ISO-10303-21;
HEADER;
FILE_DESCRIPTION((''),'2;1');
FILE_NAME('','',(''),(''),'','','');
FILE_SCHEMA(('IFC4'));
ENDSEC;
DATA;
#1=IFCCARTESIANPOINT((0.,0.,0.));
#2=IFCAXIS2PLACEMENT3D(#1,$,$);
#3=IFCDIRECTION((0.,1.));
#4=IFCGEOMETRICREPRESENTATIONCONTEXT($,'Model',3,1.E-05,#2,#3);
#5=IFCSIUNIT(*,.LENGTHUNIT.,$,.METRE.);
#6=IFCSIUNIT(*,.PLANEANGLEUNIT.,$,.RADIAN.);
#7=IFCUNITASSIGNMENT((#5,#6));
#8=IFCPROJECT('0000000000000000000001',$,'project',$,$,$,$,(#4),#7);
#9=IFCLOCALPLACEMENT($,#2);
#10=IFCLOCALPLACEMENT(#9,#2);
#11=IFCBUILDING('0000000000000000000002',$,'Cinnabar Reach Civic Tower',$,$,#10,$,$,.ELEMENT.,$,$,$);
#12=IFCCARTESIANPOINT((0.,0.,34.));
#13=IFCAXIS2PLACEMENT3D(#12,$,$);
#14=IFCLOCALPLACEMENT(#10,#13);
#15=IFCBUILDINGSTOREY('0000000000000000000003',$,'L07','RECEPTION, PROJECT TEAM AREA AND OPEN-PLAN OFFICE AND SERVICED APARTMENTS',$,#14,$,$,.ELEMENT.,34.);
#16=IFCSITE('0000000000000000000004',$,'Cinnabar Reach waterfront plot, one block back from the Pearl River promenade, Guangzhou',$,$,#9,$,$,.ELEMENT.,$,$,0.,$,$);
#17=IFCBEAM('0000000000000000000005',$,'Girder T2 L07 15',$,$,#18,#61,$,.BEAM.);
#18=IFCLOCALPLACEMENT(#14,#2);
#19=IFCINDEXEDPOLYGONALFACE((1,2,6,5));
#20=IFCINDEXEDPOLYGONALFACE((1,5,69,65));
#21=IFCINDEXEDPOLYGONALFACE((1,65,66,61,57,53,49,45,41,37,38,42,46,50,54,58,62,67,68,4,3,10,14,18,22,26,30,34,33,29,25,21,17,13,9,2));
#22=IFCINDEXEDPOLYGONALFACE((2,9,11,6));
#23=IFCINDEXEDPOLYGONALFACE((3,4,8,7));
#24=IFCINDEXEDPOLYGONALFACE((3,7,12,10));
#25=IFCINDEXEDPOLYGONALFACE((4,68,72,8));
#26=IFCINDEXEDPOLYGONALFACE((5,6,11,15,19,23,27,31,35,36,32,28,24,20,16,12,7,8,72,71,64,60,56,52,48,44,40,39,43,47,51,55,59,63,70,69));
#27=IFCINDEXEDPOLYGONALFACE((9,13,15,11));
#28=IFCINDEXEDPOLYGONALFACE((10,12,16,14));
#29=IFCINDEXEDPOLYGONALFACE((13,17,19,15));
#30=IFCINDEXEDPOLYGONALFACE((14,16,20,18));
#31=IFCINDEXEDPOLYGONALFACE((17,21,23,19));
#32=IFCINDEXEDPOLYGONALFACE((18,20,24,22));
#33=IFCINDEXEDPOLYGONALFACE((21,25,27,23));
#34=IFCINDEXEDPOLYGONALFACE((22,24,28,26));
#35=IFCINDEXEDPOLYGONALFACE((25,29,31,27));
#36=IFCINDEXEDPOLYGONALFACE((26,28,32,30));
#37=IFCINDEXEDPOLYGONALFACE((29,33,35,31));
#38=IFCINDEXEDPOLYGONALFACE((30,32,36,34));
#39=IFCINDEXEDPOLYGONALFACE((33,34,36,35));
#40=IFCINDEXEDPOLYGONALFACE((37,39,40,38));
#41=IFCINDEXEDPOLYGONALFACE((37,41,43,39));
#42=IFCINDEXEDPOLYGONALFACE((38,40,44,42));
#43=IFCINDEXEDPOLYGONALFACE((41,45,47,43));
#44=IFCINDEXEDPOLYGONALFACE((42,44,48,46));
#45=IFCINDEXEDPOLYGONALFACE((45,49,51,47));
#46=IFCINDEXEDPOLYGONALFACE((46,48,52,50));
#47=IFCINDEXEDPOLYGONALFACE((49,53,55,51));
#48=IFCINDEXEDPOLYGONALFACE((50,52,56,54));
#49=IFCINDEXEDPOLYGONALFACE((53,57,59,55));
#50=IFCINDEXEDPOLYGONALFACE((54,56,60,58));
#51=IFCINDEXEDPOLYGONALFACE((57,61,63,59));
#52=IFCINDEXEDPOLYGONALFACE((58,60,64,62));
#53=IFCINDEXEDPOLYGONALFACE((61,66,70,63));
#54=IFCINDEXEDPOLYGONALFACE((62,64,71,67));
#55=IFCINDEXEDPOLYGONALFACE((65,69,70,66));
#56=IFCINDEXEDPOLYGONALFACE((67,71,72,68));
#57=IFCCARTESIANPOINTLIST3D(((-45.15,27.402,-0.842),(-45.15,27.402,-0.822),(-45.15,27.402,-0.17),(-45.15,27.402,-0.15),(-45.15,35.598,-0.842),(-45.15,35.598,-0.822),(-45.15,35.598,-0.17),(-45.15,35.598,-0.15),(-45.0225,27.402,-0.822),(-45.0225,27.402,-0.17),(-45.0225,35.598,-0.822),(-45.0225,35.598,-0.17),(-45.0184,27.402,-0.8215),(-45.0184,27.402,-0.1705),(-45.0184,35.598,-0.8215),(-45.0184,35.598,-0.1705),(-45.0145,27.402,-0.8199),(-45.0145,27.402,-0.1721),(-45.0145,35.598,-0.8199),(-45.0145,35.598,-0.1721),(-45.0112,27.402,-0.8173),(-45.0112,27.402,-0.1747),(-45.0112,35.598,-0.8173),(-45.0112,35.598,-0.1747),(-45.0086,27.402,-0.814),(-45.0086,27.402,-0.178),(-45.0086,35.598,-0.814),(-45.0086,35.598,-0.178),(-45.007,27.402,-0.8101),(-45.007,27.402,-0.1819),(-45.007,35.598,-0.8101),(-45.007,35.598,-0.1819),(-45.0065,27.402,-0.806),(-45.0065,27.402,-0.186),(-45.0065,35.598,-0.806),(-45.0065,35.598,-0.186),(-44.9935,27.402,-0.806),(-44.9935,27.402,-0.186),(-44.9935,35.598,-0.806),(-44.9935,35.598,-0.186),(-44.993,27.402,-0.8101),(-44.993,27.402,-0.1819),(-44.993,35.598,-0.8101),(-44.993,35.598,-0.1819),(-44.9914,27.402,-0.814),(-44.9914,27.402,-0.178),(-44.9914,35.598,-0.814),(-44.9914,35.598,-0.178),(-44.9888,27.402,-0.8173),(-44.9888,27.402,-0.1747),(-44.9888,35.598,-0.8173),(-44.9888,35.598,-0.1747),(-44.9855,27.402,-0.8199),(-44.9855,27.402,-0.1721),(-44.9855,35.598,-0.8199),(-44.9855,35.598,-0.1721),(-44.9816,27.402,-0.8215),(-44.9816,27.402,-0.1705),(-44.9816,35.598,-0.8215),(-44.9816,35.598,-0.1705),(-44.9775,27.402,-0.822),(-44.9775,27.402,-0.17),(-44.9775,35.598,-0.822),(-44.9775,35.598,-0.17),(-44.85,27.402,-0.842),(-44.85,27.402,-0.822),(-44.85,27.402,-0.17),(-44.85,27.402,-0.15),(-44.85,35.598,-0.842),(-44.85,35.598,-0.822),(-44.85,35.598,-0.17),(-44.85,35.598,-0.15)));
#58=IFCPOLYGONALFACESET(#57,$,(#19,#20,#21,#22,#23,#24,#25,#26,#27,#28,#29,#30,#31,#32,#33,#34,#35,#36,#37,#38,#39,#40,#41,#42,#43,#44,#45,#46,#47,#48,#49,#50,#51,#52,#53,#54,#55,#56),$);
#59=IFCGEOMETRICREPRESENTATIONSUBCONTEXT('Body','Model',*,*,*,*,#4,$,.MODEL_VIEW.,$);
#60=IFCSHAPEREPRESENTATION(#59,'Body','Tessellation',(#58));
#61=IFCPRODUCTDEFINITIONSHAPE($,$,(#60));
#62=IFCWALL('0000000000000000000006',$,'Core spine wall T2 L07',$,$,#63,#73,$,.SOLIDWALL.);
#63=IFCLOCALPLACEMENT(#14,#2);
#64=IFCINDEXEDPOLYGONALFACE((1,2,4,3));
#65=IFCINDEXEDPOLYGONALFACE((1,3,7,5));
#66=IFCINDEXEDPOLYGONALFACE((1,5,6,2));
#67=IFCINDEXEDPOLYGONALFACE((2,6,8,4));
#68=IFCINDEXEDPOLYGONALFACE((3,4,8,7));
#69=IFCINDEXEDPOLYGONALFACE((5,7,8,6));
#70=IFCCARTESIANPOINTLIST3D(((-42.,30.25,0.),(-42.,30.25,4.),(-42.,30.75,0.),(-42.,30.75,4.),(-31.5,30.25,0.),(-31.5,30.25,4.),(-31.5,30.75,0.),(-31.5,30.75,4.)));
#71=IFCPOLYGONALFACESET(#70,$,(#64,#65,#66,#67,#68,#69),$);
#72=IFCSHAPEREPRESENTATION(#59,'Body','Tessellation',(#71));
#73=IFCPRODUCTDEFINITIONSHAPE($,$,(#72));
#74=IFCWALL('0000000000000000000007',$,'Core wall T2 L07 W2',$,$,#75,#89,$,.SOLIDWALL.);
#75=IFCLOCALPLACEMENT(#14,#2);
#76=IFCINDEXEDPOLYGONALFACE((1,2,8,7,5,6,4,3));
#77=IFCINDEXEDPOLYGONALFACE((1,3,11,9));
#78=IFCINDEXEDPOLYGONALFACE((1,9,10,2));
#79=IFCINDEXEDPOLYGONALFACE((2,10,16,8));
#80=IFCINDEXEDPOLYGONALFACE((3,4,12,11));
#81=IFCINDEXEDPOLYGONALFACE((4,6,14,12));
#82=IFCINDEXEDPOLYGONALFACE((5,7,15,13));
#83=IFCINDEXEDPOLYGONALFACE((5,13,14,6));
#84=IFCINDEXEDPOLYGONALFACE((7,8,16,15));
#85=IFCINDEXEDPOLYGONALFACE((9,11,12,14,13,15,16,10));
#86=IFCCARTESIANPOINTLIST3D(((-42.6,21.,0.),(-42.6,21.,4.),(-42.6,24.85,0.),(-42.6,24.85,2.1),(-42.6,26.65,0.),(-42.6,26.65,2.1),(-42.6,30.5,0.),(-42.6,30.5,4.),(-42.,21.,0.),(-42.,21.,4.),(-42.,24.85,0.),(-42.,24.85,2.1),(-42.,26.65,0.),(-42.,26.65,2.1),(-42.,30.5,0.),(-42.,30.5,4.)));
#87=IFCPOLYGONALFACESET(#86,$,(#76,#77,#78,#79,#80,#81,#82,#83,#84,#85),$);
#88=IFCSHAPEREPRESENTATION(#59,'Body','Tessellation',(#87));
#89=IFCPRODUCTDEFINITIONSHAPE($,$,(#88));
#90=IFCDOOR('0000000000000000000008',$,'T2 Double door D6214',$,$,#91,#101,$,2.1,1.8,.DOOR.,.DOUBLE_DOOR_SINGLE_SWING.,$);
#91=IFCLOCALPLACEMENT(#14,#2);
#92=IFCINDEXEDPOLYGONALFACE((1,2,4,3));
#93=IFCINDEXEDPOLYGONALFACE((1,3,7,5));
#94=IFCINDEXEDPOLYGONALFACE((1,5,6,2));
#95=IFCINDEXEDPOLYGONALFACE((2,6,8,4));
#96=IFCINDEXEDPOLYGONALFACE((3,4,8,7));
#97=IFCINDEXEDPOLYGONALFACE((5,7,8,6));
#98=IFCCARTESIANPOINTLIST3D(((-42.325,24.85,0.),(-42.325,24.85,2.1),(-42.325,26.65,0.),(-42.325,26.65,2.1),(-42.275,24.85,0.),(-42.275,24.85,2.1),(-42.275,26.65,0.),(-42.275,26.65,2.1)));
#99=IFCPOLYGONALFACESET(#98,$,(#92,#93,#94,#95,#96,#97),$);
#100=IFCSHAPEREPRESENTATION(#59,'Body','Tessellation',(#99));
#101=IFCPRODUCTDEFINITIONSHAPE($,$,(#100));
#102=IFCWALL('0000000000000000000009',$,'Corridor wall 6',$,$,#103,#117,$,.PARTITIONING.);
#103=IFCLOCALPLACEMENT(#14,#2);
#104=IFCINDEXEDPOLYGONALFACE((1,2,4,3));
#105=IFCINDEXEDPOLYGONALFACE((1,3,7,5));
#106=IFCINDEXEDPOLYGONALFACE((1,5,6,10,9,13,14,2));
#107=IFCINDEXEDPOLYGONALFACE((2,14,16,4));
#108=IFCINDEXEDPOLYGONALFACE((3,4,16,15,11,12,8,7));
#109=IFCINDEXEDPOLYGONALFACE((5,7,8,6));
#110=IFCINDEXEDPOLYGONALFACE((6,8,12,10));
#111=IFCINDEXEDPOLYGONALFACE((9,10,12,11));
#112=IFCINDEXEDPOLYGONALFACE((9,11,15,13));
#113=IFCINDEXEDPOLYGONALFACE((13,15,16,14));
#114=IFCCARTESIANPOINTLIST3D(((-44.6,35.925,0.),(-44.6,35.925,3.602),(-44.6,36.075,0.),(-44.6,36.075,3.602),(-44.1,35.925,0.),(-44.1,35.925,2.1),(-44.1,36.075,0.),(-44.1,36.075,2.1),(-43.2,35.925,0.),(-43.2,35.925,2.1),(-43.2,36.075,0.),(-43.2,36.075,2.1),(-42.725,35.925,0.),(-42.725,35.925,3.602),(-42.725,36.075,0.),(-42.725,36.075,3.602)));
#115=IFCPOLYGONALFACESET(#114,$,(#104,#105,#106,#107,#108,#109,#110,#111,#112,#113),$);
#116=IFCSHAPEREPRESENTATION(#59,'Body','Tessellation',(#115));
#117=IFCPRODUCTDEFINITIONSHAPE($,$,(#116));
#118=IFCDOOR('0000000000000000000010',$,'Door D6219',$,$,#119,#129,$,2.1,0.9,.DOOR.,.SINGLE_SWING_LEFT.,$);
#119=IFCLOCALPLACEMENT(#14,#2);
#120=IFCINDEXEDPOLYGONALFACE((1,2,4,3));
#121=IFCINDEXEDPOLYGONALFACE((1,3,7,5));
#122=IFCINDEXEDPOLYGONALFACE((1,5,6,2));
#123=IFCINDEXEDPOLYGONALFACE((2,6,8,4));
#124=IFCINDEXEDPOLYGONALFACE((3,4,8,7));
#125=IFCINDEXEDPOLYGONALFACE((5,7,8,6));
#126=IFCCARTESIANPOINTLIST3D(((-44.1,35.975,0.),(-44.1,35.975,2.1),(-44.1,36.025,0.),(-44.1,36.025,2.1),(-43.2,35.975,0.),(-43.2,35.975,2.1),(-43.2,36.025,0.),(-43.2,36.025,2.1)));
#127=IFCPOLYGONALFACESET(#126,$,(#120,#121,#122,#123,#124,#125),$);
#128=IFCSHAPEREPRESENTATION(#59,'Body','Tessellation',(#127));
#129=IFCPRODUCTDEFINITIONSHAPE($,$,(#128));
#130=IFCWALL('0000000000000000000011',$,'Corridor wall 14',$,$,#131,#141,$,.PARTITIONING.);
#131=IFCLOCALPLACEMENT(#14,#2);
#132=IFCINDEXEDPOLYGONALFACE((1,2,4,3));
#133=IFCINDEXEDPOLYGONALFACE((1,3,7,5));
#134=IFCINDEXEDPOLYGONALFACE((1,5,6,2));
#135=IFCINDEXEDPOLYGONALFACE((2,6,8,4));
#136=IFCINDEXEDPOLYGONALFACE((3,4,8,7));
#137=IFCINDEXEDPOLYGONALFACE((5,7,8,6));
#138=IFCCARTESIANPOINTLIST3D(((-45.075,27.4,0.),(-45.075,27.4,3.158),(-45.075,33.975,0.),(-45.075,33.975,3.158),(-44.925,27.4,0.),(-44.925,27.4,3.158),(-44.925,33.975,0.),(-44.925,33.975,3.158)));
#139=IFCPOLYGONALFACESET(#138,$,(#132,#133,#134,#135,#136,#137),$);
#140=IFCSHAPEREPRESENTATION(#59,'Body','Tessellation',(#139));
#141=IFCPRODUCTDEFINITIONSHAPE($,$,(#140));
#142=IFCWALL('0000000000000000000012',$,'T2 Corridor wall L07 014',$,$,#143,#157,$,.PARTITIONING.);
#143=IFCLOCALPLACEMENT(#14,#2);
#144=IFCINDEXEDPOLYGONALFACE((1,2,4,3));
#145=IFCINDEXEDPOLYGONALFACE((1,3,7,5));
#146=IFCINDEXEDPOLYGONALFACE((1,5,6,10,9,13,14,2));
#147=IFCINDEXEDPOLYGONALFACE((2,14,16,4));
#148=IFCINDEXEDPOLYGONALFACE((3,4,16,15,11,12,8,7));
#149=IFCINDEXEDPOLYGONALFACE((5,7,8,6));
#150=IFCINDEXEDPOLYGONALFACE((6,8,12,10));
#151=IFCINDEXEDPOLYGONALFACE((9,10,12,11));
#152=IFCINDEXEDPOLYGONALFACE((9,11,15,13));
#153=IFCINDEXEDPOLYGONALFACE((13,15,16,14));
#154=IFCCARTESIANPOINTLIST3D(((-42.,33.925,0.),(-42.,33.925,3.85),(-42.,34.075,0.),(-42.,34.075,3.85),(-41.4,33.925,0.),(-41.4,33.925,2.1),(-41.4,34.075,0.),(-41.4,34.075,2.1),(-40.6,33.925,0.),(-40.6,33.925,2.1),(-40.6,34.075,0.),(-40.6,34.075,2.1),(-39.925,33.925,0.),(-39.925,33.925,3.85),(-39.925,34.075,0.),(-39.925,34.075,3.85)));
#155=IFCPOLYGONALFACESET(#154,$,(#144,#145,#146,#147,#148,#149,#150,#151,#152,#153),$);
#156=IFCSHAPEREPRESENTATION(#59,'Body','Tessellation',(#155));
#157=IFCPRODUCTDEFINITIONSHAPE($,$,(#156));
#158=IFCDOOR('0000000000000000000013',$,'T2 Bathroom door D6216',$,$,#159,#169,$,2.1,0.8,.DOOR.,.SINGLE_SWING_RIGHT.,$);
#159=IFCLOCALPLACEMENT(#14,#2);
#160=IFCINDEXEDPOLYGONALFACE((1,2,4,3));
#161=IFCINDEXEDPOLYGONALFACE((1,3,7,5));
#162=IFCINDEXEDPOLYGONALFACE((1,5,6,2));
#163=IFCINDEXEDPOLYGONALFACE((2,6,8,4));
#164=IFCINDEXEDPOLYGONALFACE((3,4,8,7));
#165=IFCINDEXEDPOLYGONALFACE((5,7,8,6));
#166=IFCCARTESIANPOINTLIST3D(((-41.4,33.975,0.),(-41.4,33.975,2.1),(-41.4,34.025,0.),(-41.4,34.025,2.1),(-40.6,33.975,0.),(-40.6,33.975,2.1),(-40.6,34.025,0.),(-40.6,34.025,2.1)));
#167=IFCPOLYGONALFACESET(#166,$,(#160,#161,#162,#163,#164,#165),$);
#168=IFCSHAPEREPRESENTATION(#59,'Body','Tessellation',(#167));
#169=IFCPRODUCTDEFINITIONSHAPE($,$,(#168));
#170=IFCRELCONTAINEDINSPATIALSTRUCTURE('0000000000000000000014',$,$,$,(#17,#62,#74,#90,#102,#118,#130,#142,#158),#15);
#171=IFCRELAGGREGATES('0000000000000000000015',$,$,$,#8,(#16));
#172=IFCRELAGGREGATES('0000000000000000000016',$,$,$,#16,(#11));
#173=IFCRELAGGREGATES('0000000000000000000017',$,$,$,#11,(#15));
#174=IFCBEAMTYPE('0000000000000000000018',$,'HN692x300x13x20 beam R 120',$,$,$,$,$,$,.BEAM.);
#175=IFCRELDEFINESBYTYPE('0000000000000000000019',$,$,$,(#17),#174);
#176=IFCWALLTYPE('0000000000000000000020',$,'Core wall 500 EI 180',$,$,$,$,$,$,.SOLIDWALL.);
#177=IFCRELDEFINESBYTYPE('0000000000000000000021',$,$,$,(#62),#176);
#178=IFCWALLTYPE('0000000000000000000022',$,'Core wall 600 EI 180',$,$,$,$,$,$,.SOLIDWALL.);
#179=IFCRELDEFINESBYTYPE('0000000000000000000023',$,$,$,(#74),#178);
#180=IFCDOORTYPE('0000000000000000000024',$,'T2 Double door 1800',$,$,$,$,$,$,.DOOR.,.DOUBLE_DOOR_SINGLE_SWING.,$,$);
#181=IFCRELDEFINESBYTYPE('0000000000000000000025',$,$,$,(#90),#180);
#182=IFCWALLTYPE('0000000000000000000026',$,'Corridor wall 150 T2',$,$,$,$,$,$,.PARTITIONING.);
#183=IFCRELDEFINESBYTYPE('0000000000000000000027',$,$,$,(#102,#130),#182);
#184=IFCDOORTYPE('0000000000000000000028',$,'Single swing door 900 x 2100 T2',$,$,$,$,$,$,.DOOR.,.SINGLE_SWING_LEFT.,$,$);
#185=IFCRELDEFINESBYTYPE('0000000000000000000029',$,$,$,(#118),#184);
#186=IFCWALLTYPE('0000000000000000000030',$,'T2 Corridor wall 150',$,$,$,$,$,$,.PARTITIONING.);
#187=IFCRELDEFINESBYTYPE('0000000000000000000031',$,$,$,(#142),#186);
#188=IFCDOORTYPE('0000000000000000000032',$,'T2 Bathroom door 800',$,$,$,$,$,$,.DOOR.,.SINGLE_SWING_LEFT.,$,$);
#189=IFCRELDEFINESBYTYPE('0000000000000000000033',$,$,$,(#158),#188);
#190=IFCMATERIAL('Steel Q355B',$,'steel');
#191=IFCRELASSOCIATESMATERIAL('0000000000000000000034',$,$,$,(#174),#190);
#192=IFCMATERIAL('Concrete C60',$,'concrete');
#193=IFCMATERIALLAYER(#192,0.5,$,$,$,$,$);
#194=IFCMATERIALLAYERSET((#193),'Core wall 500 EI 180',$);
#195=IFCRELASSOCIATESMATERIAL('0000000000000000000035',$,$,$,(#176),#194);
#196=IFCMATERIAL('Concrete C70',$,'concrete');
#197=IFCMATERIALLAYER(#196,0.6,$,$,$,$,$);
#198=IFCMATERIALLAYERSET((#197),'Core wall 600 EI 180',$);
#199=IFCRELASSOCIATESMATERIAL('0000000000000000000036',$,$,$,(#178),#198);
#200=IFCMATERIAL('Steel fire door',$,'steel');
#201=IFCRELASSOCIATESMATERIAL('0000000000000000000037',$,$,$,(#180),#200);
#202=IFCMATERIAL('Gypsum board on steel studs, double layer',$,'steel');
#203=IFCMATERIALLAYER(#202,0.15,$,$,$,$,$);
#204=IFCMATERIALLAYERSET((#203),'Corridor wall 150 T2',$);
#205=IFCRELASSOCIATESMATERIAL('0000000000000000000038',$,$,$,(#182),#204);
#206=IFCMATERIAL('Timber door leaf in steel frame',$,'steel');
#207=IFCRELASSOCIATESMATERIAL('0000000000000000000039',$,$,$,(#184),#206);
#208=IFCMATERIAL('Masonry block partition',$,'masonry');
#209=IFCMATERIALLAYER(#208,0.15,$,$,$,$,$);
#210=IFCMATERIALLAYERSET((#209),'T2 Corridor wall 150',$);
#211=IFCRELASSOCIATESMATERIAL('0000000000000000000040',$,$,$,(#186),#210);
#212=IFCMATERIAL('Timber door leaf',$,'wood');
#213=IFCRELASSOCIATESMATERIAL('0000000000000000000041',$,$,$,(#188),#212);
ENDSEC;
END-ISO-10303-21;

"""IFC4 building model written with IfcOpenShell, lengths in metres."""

from ifc_helpers import new_model, si_unit, direction, frame, frame_2d, origin, origin_2d, place, context, subcontext, project, spatial, rectangle, i_section, extrude, material, layer, layer_set, material_profile, profile_set, type_object, element, fill, save


model = new_model("IFC4")

# Units and contexts
model_context = context("Model", 3, precision=1e-05, world=origin(), true_north=direction((0.0, 1.0)))
body_context = subcontext(model_context, "Body", "Model", "MODEL_VIEW")
ifc_project = project(units=[si_unit("LENGTHUNIT", "METRE"), si_unit("PLANEANGLEUNIT", "RADIAN")], contexts=[model_context])

# Site, building, storey
site_placement = place(None, origin())
site = spatial("IfcSite", under=ifc_project, at=site_placement, Name="Cinnabar Reach waterfront plot, one block back from the Pearl River promenade, Guangzhou", CompositionType="ELEMENT", RefElevation=0.0)
building_placement = place(site_placement, origin())
building = spatial("IfcBuilding", under=site, at=building_placement, Name="Cinnabar Reach Civic Tower", CompositionType="ELEMENT")
storey_placement = place(building_placement, frame((0.0, 0.0, 34.0)))
storey = spatial("IfcBuildingStorey", under=building, at=storey_placement, Name="L07", Description="RECEPTION, PROJECT TEAM AREA AND OPEN-PLAN OFFICE AND SERVICED APARTMENTS", CompositionType="ELEMENT", Elevation=34.0)

# Shared definitions
ifc_material_1 = material(Name="Concrete C60", Category="concrete")

# Beam
ifc_material_2 = material(Name="Steel Q355B", Category="steel")
ifc_material_profile_1 = material_profile(ifc_material_2, i_section(OverallWidth=0.3, OverallDepth=0.692, WebThickness=0.013, FlangeThickness=0.02, FilletRadius=0.016, at=origin_2d()), Name="HN692x300x13x20")
ifc_profile_set_1 = profile_set([ifc_material_profile_1], Name="Steel Q355B")
beam_type_1 = type_object("IfcBeamType", Name="HN692x300x13x20 beam R 120", PredefinedType="BEAM", material=ifc_profile_set_1)
beam_1_placement = place(storey_placement, frame((-45.0, 27.402, -0.496), z_axis=(0.0, 1.0, 0.0), x_axis=(-1.0, 0.0, 0.0)))
element("IfcBeam", 1, at=beam_1_placement, inside=storey, type_object=beam_type_1, Name="Girder T2 L07 15", PredefinedType="BEAM", context=body_context, shape_type="SweptSolid", body=[
    extrude(i_section(OverallWidth=0.3, OverallDepth=0.692, WebThickness=0.013, FlangeThickness=0.02, FilletRadius=0.016, at=origin_2d()), origin(), (0.0, 0.0, 1.0), 8.196),
])

# Wall
ifc_layer_1 = layer(ifc_material_1, 0.5)
ifc_layer_set_1 = layer_set([ifc_layer_1], Name="Core wall 500 EI 180")
wall_type_1 = type_object("IfcWallType", Name="Core wall 500 EI 180", PredefinedType="SOLIDWALL", material=ifc_layer_set_1)
wall_1_placement = place(storey_placement, frame((-42.0, 30.5, 0.0), z_axis=(0.0, 0.0, 1.0), x_axis=(1.0, 0.0, 0.0)))
element("IfcWall", 2, at=wall_1_placement, inside=storey, type_object=wall_type_1, Name="Core spine wall T2 L07", PredefinedType="SOLIDWALL", context=body_context, shape_type="SweptSolid", body=[
    extrude(rectangle(XDim=10.5, YDim=0.5, at=frame_2d((5.25, 0.0))), origin(), (0.0, 0.0, 1.0), 4.0),
])

# Walls, openings, doors
ifc_material_3 = material(Name="Concrete C70", Category="concrete")
ifc_layer_2 = layer(ifc_material_3, 0.6)
ifc_layer_set_2 = layer_set([ifc_layer_2], Name="Core wall 600 EI 180")
wall_type_2 = type_object("IfcWallType", Name="Core wall 600 EI 180", PredefinedType="SOLIDWALL", material=ifc_layer_set_2)
wall_2_placement = place(storey_placement, frame((-42.3, 30.5, 0.0), z_axis=(0.0, 0.0, 1.0), x_axis=(0.0, -1.0, 0.0)))
wall_2 = element("IfcWall", 3, at=wall_2_placement, inside=storey, type_object=wall_type_2, Name="Core wall T2 L07 W2", PredefinedType="SOLIDWALL", context=body_context, shape_type="SweptSolid", body=[
    extrude(rectangle(XDim=9.5, YDim=0.6, at=frame_2d((4.75, 0.0))), origin(), (0.0, 0.0, 1.0), 4.0),
])
opening_1_placement = place(wall_2_placement, frame((3.85, 0.0, 0.0)))
opening_1 = element("IfcOpeningElement", 4, at=opening_1_placement, cuts=wall_2, PredefinedType="OPENING", context=body_context, shape_type="SweptSolid", body=[
    extrude(rectangle(XDim=1.8, YDim=2.1, at=frame_2d((0.9, 1.05))), frame((0.0, 0.31, 0.0), z_axis=(0.0, -1.0, 0.0), x_axis=(1.0, 0.0, 0.0)), (0.0, 0.0, 1.0), 0.62),
])
ifc_material_4 = material(Name="Steel fire door", Category="steel")
door_type_1 = type_object("IfcDoorType", Name="T2 Double door 1800", OperationType="DOUBLE_DOOR_SINGLE_SWING", PredefinedType="DOOR", material=ifc_material_4)
door_1_placement = place(opening_1_placement, origin())
door_1 = element("IfcDoor", 5, at=door_1_placement, inside=storey, type_object=door_type_1, Name="T2 Double door D6214", OperationType="DOUBLE_DOOR_SINGLE_SWING", OverallHeight=2.1, OverallWidth=1.8, PredefinedType="DOOR", context=body_context, shape_type="SweptSolid", body=[
    extrude(rectangle(XDim=1.8, YDim=2.1, at=frame_2d((0.9, 1.05))), frame((0.0, 0.025, 0.0), z_axis=(0.0, -1.0, 0.0), x_axis=(1.0, 0.0, 0.0)), (0.0, 0.0, 1.0), 0.05),
])
fill(opening_1, door_1)
ifc_material_5 = material(Name="Gypsum board on steel studs, double layer", Category="steel")
ifc_layer_3 = layer(ifc_material_5, 0.15)
ifc_layer_set_3 = layer_set([ifc_layer_3], Name="Corridor wall 150 T2")
wall_type_3 = type_object("IfcWallType", Name="Corridor wall 150 T2", PredefinedType="PARTITIONING", material=ifc_layer_set_3)
wall_3_placement = place(storey_placement, frame((-44.6, 36.0, 0.0), z_axis=(0.0, 0.0, 1.0), x_axis=(1.0, 0.0, 0.0)))
wall_3 = element("IfcWall", 6, at=wall_3_placement, inside=storey, type_object=wall_type_3, Name="Corridor wall 6", PredefinedType="PARTITIONING", context=body_context, shape_type="SweptSolid", body=[
    extrude(rectangle(XDim=1.875, YDim=0.15, at=frame_2d((0.9375, 0.0))), origin(), (0.0, 0.0, 1.0), 3.602),
])
opening_2_placement = place(wall_3_placement, frame((0.5, 0.0, 0.0)))
opening_2 = element("IfcOpeningElement", 7, at=opening_2_placement, cuts=wall_3, PredefinedType="OPENING", context=body_context, shape_type="SweptSolid", body=[
    extrude(rectangle(XDim=0.9, YDim=2.1, at=frame_2d((0.45, 1.05))), frame((0.0, 0.085, 0.0), z_axis=(0.0, -1.0, 0.0), x_axis=(1.0, 0.0, 0.0)), (0.0, 0.0, 1.0), 0.17),
])
ifc_material_6 = material(Name="Timber door leaf in steel frame", Category="steel")
door_type_2 = type_object("IfcDoorType", Name="Single swing door 900 x 2100 T2", OperationType="SINGLE_SWING_LEFT", PredefinedType="DOOR", material=ifc_material_6)
door_2_placement = place(opening_2_placement, origin())
door_2 = element("IfcDoor", 8, at=door_2_placement, inside=storey, type_object=door_type_2, Name="Door D6219", OperationType="SINGLE_SWING_LEFT", OverallHeight=2.1, OverallWidth=0.9, PredefinedType="DOOR", context=body_context, shape_type="SweptSolid", body=[
    extrude(rectangle(XDim=0.9, YDim=2.1, at=frame_2d((0.45, 1.05))), frame((0.0, 0.025, 0.0), z_axis=(0.0, -1.0, 0.0), x_axis=(1.0, 0.0, 0.0)), (0.0, 0.0, 1.0), 0.05),
])
fill(opening_2, door_2)

# Wall
wall_4_placement = place(storey_placement, frame((-45.0, 27.4, 0.0), z_axis=(0.0, 0.0, 1.0), x_axis=(0.0, 1.0, 0.0)))
element("IfcWall", 9, at=wall_4_placement, inside=storey, type_object=wall_type_3, Name="Corridor wall 14", PredefinedType="PARTITIONING", context=body_context, shape_type="SweptSolid", body=[
    extrude(rectangle(XDim=6.575, YDim=0.15, at=frame_2d((3.2875, 0.0))), origin(), (0.0, 0.0, 1.0), 3.158),
])

# Wall, opening, door
ifc_material_7 = material(Name="Masonry block partition", Category="masonry")
ifc_layer_4 = layer(ifc_material_7, 0.15)
ifc_layer_set_4 = layer_set([ifc_layer_4], Name="T2 Corridor wall 150")
wall_type_4 = type_object("IfcWallType", Name="T2 Corridor wall 150", PredefinedType="PARTITIONING", material=ifc_layer_set_4)
wall_5_placement = place(storey_placement, frame((-39.925, 34.0, 0.0), z_axis=(0.0, 0.0, 1.0), x_axis=(-1.0, 0.0, 0.0)))
wall_5 = element("IfcWall", 10, at=wall_5_placement, inside=storey, type_object=wall_type_4, Name="T2 Corridor wall L07 014", PredefinedType="PARTITIONING", context=body_context, shape_type="SweptSolid", body=[
    extrude(rectangle(XDim=2.075, YDim=0.15, at=frame_2d((1.0375, 0.0))), origin(), (0.0, 0.0, 1.0), 3.85),
])
opening_3_placement = place(wall_5_placement, frame((0.675, 0.0, 0.0)))
opening_3 = element("IfcOpeningElement", 11, at=opening_3_placement, cuts=wall_5, PredefinedType="OPENING", context=body_context, shape_type="SweptSolid", body=[
    extrude(rectangle(XDim=0.8, YDim=2.1, at=frame_2d((0.4, 1.05))), frame((0.0, 0.085, 0.0), z_axis=(0.0, -1.0, 0.0), x_axis=(1.0, 0.0, 0.0)), (0.0, 0.0, 1.0), 0.17),
])
ifc_material_8 = material(Name="Timber door leaf", Category="wood")
door_type_3 = type_object("IfcDoorType", Name="T2 Bathroom door 800", OperationType="SINGLE_SWING_LEFT", PredefinedType="DOOR", material=ifc_material_8)
door_3_placement = place(opening_3_placement, frame((0.8, 0.0, 0.0), z_axis=(0.0, 0.0, 1.0), x_axis=(-1.0, 0.0, 0.0)))
door_3 = element("IfcDoor", 12, at=door_3_placement, inside=storey, type_object=door_type_3, Name="T2 Bathroom door D6216", OperationType="SINGLE_SWING_RIGHT", OverallHeight=2.1, OverallWidth=0.8, PredefinedType="DOOR", context=body_context, shape_type="SweptSolid", body=[
    extrude(rectangle(XDim=0.8, YDim=2.1, at=frame_2d((0.4, 1.05))), frame((0.0, 0.025, 0.0), z_axis=(0.0, -1.0, 0.0), x_axis=(1.0, 0.0, 0.0)), (0.0, 0.0, 1.0), 0.05),
])
fill(opening_3, door_3)

save(model, "model.ifc")
